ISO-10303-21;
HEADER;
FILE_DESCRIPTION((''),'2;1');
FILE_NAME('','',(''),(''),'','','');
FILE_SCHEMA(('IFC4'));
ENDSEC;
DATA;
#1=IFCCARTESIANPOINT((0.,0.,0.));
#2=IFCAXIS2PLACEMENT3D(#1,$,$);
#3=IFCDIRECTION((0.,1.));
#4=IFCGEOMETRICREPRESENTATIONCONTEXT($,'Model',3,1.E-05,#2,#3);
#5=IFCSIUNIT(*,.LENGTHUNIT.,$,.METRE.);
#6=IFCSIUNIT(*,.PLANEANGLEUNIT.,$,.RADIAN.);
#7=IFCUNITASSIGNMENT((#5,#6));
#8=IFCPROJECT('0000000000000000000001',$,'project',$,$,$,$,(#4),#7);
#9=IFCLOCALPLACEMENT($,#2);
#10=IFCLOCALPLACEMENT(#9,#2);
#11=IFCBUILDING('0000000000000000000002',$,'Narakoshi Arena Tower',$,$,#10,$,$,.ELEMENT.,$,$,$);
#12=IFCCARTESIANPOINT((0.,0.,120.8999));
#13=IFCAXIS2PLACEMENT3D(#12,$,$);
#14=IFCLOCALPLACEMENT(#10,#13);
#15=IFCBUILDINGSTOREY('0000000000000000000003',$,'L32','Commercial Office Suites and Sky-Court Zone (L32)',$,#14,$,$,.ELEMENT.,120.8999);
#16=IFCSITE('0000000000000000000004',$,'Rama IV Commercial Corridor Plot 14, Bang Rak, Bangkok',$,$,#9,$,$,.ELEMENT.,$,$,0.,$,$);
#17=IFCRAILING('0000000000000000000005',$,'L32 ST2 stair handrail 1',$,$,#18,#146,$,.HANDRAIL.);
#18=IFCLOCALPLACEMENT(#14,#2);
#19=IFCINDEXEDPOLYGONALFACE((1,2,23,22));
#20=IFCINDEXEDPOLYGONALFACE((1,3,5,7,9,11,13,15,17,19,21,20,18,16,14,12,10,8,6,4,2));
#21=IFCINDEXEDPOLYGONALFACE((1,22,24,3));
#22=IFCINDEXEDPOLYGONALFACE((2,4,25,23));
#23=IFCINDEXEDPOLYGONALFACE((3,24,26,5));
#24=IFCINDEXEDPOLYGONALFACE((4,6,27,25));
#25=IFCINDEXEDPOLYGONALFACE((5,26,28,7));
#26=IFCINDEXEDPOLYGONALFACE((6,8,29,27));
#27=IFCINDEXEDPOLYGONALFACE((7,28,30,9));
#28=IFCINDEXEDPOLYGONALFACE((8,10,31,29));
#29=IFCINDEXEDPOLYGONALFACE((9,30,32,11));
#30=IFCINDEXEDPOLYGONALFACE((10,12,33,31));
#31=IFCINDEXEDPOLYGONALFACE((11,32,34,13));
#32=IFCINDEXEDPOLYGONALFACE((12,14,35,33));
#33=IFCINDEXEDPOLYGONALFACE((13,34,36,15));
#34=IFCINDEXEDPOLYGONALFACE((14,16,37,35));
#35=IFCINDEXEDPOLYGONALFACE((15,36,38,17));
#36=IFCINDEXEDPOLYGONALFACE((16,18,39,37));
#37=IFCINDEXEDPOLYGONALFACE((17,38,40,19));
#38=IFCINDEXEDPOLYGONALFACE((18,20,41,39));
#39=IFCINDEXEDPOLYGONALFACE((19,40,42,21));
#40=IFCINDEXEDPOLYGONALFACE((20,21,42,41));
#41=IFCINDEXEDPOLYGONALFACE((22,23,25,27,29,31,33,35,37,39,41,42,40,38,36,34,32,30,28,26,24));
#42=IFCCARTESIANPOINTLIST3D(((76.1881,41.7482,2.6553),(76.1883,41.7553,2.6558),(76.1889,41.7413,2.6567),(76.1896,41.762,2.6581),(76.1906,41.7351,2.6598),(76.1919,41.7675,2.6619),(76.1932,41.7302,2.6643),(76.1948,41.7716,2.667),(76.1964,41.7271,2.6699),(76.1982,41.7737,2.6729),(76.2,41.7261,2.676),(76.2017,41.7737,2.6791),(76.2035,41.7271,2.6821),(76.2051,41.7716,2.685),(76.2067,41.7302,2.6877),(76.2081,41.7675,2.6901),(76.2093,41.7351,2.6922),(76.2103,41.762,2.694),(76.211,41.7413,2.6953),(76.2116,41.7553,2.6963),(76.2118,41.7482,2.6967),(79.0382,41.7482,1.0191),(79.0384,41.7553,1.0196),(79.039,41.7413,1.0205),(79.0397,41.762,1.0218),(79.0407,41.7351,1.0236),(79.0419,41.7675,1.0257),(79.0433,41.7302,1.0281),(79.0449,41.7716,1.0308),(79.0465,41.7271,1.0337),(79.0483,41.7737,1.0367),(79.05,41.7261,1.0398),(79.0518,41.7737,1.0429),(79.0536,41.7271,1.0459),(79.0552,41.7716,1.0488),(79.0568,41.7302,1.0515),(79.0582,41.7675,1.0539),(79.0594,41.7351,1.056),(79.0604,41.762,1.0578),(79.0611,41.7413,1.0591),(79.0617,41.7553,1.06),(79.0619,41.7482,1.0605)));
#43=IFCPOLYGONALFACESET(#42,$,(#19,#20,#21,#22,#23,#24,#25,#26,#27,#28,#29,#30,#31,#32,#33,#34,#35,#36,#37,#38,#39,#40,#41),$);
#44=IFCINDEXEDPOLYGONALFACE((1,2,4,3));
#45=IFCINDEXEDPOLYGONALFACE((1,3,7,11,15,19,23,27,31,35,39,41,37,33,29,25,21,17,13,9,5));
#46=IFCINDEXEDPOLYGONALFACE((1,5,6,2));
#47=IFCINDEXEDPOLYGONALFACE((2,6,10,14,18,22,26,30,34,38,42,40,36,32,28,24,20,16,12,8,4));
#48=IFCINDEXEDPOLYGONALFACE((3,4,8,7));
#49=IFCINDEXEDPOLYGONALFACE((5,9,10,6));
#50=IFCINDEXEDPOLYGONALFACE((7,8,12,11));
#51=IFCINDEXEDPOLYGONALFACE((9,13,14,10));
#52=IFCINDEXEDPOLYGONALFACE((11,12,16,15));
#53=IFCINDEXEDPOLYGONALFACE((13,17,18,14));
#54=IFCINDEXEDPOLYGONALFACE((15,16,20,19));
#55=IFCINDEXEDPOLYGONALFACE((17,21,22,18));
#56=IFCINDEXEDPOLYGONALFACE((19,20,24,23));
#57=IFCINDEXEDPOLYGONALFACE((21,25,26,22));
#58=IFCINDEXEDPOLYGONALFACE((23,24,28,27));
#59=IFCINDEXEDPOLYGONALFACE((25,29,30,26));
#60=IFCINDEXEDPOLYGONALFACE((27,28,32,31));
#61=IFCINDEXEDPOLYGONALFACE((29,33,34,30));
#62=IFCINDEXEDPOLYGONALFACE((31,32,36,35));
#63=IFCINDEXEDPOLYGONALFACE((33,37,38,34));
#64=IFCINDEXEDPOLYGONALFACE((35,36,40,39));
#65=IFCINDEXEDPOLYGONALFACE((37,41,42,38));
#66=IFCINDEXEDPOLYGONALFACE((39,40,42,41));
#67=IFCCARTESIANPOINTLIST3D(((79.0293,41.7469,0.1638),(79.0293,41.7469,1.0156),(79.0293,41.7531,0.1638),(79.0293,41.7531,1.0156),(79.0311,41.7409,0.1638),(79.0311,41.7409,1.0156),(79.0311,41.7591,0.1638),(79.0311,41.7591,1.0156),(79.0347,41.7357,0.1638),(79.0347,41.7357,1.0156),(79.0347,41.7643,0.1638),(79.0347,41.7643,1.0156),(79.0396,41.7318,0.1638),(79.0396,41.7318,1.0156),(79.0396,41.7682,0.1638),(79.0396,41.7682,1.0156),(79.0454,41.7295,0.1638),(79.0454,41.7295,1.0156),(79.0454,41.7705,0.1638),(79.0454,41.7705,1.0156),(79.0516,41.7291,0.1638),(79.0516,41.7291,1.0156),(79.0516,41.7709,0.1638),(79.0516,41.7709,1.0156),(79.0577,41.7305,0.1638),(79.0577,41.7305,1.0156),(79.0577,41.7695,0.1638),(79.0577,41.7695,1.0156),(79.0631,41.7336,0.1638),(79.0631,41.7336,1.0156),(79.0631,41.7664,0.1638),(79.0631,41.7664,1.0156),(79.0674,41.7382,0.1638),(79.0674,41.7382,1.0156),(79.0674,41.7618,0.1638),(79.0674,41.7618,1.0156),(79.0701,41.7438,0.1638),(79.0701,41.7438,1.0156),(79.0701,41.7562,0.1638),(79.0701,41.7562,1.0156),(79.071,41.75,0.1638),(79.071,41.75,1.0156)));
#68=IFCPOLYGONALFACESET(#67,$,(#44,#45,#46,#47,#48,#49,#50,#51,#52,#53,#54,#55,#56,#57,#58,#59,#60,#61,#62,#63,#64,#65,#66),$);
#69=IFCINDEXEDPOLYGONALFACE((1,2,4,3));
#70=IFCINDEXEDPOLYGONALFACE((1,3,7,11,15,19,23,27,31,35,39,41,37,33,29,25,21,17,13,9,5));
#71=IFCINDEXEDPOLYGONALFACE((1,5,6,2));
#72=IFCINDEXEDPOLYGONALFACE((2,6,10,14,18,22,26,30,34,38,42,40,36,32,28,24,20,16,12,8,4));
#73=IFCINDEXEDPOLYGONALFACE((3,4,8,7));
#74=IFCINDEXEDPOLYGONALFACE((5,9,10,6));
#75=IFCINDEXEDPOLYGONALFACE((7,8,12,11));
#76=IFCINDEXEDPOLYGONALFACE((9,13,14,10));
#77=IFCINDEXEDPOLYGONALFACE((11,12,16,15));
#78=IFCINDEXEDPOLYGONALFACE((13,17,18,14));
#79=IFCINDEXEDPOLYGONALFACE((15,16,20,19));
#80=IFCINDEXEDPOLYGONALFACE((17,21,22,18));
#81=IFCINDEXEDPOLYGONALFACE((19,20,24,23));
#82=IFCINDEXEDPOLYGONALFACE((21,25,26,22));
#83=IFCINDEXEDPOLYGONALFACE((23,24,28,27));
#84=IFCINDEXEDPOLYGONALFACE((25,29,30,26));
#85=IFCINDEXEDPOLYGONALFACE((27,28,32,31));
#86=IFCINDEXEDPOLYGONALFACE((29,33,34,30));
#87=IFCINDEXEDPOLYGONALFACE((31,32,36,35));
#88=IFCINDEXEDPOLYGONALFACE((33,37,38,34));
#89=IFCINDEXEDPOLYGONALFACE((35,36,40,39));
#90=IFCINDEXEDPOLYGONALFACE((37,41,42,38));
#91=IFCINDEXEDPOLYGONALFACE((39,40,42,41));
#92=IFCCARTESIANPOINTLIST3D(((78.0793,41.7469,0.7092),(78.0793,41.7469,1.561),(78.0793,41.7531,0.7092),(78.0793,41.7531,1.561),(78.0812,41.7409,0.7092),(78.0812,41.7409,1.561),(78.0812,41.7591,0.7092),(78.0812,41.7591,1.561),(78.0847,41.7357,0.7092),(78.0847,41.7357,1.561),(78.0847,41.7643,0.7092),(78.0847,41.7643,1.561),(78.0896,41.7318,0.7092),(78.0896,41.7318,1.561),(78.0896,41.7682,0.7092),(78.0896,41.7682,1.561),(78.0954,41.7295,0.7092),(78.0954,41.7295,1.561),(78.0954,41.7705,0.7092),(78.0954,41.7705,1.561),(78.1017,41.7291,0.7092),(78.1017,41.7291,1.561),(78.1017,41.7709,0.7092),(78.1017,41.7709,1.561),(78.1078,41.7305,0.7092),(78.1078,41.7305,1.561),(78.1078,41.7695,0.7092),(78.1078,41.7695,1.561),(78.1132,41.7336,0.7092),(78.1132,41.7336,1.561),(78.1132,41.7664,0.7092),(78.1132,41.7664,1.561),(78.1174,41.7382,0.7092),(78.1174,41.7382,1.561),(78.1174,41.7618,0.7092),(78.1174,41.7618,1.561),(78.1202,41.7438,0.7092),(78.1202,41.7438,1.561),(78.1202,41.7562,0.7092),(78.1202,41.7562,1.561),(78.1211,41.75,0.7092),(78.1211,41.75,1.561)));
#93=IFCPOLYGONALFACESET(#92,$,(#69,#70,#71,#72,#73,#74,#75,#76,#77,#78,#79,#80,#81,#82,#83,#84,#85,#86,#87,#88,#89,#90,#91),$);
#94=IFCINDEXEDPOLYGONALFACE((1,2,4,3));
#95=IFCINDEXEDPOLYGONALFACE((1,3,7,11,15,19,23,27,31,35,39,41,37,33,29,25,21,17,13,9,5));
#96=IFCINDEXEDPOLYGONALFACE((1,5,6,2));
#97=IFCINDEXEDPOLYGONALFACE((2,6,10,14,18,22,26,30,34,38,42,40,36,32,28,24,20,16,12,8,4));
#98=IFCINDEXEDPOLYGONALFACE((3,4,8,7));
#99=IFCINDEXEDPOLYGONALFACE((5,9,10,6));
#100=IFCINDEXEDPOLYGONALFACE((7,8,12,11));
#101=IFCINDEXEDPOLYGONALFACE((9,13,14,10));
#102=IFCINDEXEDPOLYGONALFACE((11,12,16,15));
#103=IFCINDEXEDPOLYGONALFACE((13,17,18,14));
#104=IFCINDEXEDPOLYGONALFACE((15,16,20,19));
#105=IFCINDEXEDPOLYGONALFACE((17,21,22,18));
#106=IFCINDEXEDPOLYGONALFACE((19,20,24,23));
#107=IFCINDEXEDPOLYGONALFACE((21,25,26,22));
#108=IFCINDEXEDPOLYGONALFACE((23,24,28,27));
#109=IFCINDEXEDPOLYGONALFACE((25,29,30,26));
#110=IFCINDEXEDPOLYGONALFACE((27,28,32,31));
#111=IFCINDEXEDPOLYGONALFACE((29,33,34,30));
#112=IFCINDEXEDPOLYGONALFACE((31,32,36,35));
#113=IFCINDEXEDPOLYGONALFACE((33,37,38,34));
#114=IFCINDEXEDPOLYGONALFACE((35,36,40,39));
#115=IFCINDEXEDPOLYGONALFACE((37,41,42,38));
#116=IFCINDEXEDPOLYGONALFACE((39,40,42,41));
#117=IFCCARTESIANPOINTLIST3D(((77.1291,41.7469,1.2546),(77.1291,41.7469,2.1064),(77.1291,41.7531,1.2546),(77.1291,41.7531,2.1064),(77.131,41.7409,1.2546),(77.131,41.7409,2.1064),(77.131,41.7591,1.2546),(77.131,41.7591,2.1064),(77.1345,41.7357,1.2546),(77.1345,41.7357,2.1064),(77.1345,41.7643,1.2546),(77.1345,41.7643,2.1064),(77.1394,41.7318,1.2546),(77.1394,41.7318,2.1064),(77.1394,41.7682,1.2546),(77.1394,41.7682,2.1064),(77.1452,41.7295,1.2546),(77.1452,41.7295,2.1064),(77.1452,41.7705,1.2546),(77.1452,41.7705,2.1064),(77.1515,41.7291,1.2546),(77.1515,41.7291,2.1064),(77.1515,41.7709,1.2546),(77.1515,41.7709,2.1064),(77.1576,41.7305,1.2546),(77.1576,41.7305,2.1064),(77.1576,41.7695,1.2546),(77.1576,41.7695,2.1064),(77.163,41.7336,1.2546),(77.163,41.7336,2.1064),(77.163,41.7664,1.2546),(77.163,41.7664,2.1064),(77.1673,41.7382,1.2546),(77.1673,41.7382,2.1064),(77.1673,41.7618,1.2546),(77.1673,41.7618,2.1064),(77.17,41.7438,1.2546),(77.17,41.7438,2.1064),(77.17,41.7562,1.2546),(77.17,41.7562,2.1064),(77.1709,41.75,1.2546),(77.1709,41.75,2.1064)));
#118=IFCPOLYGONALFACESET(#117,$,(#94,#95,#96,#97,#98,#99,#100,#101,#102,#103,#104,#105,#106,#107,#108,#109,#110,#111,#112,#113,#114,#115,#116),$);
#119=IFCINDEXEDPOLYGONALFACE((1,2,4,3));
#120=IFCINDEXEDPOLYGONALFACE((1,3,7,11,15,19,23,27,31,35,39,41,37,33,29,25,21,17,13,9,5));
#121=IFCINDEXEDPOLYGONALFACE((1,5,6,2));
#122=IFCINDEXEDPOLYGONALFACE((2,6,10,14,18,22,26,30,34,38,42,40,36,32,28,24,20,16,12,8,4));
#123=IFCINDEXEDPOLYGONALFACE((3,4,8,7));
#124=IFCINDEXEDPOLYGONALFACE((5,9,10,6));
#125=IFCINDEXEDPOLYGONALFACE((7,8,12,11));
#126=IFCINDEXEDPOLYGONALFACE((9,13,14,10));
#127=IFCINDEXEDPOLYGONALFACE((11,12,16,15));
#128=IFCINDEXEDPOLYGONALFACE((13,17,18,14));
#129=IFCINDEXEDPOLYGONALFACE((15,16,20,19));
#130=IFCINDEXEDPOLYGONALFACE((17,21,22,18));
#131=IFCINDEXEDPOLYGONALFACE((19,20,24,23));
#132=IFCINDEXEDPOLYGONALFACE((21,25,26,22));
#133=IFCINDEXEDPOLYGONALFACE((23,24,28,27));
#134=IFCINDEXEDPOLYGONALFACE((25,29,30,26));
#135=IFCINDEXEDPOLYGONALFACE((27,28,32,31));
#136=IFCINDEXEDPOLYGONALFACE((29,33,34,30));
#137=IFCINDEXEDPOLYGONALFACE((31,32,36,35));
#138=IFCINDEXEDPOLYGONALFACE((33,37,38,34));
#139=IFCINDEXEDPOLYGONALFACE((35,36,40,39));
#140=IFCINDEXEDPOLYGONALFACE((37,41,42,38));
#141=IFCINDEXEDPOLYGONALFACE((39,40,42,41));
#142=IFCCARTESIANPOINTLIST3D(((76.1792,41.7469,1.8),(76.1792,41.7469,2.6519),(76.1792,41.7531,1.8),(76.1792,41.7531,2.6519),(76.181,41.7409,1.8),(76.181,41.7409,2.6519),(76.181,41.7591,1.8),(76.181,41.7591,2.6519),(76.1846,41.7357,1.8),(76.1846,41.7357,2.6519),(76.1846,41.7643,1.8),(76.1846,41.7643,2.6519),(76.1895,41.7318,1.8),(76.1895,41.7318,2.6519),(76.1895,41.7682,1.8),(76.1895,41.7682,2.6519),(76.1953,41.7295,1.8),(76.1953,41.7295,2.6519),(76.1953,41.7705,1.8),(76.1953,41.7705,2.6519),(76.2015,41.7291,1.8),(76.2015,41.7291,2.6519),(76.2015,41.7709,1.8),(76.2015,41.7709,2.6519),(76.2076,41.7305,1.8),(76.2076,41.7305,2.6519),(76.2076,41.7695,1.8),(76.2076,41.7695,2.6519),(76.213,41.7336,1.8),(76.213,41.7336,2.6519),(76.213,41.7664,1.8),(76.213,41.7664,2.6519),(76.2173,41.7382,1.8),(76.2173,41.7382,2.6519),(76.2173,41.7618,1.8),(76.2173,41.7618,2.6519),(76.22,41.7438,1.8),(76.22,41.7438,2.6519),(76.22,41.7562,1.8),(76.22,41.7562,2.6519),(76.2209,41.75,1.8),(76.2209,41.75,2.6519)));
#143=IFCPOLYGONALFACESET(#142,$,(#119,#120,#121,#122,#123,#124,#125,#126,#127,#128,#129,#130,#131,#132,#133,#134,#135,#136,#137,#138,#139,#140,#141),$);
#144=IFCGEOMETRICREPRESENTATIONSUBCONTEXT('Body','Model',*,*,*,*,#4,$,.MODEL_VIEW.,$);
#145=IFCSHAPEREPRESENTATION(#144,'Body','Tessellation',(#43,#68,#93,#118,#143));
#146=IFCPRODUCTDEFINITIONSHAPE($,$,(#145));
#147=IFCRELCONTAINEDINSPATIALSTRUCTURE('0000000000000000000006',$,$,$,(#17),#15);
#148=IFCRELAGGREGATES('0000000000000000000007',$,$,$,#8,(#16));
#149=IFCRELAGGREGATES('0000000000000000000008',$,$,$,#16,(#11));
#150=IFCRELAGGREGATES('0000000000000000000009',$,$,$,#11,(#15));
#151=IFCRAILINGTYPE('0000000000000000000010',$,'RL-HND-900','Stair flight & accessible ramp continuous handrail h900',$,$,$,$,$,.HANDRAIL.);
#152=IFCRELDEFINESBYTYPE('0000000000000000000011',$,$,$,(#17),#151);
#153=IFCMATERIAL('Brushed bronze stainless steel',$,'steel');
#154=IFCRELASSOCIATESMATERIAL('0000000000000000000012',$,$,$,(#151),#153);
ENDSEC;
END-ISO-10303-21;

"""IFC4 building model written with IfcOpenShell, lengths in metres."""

from ifc_helpers import new_model, si_unit, direction, frame, origin, origin_2d, place, context, subcontext, project, spatial, circle, extrude, material, type_object, element, save


model = new_model("IFC4")

# Units and contexts
model_context = context("Model", 3, precision=1e-05, world=origin(), true_north=direction((0.0, 1.0)))
body_context = subcontext(model_context, "Body", "Model", "MODEL_VIEW")
ifc_project = project(units=[si_unit("LENGTHUNIT", "METRE"), si_unit("PLANEANGLEUNIT", "RADIAN")], contexts=[model_context])

# Site, building, storey
site_placement = place(None, origin())
site = spatial("IfcSite", under=ifc_project, at=site_placement, Name="Rama IV Commercial Corridor Plot 14, Bang Rak, Bangkok", CompositionType="ELEMENT", RefElevation=0.0)
building_placement = place(site_placement, origin())
building = spatial("IfcBuilding", under=site, at=building_placement, Name="Narakoshi Arena Tower", CompositionType="ELEMENT")
storey_placement = place(building_placement, frame((0.0, 0.0, 120.8999)))
storey = spatial("IfcBuildingStorey", under=building, at=storey_placement, Name="L32", Description="Commercial Office Suites and Sky-Court Zone (L32)", CompositionType="ELEMENT", Elevation=120.8999)

# Shared definitions
ifc_material_1 = material(Name="Brushed bronze stainless steel", Category="steel")

# Railing
railing_type_1 = type_object("IfcRailingType", Name="RL-HND-900", Description="Stair flight & accessible ramp continuous handrail h900", PredefinedType="HANDRAIL", material=ifc_material_1)
railing_1_placement = place(storey_placement, frame((79.05, 41.75, 0.1638)))
element("IfcRailing", 1, at=railing_1_placement, inside=storey, type_object=railing_type_1, Name="L32 ST2 stair handrail 1", PredefinedType="HANDRAIL", context=body_context, shape_type="SweptSolid", body=[
    extrude(circle(Radius=0.0239, at=origin_2d()), frame((0.0, 0.0, 0.876), z_axis=(-0.867245, 0.0, 0.497882), x_axis=(0.0, -1.0, 0.0)), (0.0, 0.0, 1.0), 3.2864),
    extrude(circle(Radius=0.021, at=origin_2d()), origin(), (0.0, 0.0, 1.0), 0.8518),
    extrude(circle(Radius=0.021, at=origin_2d()), frame((-0.95, 0.0, 0.5454)), (0.0, 0.0, 1.0), 0.8518),
    extrude(circle(Radius=0.021, at=origin_2d()), frame((-1.9001, 0.0, 1.0908)), (0.0, 0.0, 1.0), 0.8518),
    extrude(circle(Radius=0.021, at=origin_2d()), frame((-2.8501, 0.0, 1.6362)), (0.0, 0.0, 1.0), 0.8518),
])

save(model, "model.ifc")
